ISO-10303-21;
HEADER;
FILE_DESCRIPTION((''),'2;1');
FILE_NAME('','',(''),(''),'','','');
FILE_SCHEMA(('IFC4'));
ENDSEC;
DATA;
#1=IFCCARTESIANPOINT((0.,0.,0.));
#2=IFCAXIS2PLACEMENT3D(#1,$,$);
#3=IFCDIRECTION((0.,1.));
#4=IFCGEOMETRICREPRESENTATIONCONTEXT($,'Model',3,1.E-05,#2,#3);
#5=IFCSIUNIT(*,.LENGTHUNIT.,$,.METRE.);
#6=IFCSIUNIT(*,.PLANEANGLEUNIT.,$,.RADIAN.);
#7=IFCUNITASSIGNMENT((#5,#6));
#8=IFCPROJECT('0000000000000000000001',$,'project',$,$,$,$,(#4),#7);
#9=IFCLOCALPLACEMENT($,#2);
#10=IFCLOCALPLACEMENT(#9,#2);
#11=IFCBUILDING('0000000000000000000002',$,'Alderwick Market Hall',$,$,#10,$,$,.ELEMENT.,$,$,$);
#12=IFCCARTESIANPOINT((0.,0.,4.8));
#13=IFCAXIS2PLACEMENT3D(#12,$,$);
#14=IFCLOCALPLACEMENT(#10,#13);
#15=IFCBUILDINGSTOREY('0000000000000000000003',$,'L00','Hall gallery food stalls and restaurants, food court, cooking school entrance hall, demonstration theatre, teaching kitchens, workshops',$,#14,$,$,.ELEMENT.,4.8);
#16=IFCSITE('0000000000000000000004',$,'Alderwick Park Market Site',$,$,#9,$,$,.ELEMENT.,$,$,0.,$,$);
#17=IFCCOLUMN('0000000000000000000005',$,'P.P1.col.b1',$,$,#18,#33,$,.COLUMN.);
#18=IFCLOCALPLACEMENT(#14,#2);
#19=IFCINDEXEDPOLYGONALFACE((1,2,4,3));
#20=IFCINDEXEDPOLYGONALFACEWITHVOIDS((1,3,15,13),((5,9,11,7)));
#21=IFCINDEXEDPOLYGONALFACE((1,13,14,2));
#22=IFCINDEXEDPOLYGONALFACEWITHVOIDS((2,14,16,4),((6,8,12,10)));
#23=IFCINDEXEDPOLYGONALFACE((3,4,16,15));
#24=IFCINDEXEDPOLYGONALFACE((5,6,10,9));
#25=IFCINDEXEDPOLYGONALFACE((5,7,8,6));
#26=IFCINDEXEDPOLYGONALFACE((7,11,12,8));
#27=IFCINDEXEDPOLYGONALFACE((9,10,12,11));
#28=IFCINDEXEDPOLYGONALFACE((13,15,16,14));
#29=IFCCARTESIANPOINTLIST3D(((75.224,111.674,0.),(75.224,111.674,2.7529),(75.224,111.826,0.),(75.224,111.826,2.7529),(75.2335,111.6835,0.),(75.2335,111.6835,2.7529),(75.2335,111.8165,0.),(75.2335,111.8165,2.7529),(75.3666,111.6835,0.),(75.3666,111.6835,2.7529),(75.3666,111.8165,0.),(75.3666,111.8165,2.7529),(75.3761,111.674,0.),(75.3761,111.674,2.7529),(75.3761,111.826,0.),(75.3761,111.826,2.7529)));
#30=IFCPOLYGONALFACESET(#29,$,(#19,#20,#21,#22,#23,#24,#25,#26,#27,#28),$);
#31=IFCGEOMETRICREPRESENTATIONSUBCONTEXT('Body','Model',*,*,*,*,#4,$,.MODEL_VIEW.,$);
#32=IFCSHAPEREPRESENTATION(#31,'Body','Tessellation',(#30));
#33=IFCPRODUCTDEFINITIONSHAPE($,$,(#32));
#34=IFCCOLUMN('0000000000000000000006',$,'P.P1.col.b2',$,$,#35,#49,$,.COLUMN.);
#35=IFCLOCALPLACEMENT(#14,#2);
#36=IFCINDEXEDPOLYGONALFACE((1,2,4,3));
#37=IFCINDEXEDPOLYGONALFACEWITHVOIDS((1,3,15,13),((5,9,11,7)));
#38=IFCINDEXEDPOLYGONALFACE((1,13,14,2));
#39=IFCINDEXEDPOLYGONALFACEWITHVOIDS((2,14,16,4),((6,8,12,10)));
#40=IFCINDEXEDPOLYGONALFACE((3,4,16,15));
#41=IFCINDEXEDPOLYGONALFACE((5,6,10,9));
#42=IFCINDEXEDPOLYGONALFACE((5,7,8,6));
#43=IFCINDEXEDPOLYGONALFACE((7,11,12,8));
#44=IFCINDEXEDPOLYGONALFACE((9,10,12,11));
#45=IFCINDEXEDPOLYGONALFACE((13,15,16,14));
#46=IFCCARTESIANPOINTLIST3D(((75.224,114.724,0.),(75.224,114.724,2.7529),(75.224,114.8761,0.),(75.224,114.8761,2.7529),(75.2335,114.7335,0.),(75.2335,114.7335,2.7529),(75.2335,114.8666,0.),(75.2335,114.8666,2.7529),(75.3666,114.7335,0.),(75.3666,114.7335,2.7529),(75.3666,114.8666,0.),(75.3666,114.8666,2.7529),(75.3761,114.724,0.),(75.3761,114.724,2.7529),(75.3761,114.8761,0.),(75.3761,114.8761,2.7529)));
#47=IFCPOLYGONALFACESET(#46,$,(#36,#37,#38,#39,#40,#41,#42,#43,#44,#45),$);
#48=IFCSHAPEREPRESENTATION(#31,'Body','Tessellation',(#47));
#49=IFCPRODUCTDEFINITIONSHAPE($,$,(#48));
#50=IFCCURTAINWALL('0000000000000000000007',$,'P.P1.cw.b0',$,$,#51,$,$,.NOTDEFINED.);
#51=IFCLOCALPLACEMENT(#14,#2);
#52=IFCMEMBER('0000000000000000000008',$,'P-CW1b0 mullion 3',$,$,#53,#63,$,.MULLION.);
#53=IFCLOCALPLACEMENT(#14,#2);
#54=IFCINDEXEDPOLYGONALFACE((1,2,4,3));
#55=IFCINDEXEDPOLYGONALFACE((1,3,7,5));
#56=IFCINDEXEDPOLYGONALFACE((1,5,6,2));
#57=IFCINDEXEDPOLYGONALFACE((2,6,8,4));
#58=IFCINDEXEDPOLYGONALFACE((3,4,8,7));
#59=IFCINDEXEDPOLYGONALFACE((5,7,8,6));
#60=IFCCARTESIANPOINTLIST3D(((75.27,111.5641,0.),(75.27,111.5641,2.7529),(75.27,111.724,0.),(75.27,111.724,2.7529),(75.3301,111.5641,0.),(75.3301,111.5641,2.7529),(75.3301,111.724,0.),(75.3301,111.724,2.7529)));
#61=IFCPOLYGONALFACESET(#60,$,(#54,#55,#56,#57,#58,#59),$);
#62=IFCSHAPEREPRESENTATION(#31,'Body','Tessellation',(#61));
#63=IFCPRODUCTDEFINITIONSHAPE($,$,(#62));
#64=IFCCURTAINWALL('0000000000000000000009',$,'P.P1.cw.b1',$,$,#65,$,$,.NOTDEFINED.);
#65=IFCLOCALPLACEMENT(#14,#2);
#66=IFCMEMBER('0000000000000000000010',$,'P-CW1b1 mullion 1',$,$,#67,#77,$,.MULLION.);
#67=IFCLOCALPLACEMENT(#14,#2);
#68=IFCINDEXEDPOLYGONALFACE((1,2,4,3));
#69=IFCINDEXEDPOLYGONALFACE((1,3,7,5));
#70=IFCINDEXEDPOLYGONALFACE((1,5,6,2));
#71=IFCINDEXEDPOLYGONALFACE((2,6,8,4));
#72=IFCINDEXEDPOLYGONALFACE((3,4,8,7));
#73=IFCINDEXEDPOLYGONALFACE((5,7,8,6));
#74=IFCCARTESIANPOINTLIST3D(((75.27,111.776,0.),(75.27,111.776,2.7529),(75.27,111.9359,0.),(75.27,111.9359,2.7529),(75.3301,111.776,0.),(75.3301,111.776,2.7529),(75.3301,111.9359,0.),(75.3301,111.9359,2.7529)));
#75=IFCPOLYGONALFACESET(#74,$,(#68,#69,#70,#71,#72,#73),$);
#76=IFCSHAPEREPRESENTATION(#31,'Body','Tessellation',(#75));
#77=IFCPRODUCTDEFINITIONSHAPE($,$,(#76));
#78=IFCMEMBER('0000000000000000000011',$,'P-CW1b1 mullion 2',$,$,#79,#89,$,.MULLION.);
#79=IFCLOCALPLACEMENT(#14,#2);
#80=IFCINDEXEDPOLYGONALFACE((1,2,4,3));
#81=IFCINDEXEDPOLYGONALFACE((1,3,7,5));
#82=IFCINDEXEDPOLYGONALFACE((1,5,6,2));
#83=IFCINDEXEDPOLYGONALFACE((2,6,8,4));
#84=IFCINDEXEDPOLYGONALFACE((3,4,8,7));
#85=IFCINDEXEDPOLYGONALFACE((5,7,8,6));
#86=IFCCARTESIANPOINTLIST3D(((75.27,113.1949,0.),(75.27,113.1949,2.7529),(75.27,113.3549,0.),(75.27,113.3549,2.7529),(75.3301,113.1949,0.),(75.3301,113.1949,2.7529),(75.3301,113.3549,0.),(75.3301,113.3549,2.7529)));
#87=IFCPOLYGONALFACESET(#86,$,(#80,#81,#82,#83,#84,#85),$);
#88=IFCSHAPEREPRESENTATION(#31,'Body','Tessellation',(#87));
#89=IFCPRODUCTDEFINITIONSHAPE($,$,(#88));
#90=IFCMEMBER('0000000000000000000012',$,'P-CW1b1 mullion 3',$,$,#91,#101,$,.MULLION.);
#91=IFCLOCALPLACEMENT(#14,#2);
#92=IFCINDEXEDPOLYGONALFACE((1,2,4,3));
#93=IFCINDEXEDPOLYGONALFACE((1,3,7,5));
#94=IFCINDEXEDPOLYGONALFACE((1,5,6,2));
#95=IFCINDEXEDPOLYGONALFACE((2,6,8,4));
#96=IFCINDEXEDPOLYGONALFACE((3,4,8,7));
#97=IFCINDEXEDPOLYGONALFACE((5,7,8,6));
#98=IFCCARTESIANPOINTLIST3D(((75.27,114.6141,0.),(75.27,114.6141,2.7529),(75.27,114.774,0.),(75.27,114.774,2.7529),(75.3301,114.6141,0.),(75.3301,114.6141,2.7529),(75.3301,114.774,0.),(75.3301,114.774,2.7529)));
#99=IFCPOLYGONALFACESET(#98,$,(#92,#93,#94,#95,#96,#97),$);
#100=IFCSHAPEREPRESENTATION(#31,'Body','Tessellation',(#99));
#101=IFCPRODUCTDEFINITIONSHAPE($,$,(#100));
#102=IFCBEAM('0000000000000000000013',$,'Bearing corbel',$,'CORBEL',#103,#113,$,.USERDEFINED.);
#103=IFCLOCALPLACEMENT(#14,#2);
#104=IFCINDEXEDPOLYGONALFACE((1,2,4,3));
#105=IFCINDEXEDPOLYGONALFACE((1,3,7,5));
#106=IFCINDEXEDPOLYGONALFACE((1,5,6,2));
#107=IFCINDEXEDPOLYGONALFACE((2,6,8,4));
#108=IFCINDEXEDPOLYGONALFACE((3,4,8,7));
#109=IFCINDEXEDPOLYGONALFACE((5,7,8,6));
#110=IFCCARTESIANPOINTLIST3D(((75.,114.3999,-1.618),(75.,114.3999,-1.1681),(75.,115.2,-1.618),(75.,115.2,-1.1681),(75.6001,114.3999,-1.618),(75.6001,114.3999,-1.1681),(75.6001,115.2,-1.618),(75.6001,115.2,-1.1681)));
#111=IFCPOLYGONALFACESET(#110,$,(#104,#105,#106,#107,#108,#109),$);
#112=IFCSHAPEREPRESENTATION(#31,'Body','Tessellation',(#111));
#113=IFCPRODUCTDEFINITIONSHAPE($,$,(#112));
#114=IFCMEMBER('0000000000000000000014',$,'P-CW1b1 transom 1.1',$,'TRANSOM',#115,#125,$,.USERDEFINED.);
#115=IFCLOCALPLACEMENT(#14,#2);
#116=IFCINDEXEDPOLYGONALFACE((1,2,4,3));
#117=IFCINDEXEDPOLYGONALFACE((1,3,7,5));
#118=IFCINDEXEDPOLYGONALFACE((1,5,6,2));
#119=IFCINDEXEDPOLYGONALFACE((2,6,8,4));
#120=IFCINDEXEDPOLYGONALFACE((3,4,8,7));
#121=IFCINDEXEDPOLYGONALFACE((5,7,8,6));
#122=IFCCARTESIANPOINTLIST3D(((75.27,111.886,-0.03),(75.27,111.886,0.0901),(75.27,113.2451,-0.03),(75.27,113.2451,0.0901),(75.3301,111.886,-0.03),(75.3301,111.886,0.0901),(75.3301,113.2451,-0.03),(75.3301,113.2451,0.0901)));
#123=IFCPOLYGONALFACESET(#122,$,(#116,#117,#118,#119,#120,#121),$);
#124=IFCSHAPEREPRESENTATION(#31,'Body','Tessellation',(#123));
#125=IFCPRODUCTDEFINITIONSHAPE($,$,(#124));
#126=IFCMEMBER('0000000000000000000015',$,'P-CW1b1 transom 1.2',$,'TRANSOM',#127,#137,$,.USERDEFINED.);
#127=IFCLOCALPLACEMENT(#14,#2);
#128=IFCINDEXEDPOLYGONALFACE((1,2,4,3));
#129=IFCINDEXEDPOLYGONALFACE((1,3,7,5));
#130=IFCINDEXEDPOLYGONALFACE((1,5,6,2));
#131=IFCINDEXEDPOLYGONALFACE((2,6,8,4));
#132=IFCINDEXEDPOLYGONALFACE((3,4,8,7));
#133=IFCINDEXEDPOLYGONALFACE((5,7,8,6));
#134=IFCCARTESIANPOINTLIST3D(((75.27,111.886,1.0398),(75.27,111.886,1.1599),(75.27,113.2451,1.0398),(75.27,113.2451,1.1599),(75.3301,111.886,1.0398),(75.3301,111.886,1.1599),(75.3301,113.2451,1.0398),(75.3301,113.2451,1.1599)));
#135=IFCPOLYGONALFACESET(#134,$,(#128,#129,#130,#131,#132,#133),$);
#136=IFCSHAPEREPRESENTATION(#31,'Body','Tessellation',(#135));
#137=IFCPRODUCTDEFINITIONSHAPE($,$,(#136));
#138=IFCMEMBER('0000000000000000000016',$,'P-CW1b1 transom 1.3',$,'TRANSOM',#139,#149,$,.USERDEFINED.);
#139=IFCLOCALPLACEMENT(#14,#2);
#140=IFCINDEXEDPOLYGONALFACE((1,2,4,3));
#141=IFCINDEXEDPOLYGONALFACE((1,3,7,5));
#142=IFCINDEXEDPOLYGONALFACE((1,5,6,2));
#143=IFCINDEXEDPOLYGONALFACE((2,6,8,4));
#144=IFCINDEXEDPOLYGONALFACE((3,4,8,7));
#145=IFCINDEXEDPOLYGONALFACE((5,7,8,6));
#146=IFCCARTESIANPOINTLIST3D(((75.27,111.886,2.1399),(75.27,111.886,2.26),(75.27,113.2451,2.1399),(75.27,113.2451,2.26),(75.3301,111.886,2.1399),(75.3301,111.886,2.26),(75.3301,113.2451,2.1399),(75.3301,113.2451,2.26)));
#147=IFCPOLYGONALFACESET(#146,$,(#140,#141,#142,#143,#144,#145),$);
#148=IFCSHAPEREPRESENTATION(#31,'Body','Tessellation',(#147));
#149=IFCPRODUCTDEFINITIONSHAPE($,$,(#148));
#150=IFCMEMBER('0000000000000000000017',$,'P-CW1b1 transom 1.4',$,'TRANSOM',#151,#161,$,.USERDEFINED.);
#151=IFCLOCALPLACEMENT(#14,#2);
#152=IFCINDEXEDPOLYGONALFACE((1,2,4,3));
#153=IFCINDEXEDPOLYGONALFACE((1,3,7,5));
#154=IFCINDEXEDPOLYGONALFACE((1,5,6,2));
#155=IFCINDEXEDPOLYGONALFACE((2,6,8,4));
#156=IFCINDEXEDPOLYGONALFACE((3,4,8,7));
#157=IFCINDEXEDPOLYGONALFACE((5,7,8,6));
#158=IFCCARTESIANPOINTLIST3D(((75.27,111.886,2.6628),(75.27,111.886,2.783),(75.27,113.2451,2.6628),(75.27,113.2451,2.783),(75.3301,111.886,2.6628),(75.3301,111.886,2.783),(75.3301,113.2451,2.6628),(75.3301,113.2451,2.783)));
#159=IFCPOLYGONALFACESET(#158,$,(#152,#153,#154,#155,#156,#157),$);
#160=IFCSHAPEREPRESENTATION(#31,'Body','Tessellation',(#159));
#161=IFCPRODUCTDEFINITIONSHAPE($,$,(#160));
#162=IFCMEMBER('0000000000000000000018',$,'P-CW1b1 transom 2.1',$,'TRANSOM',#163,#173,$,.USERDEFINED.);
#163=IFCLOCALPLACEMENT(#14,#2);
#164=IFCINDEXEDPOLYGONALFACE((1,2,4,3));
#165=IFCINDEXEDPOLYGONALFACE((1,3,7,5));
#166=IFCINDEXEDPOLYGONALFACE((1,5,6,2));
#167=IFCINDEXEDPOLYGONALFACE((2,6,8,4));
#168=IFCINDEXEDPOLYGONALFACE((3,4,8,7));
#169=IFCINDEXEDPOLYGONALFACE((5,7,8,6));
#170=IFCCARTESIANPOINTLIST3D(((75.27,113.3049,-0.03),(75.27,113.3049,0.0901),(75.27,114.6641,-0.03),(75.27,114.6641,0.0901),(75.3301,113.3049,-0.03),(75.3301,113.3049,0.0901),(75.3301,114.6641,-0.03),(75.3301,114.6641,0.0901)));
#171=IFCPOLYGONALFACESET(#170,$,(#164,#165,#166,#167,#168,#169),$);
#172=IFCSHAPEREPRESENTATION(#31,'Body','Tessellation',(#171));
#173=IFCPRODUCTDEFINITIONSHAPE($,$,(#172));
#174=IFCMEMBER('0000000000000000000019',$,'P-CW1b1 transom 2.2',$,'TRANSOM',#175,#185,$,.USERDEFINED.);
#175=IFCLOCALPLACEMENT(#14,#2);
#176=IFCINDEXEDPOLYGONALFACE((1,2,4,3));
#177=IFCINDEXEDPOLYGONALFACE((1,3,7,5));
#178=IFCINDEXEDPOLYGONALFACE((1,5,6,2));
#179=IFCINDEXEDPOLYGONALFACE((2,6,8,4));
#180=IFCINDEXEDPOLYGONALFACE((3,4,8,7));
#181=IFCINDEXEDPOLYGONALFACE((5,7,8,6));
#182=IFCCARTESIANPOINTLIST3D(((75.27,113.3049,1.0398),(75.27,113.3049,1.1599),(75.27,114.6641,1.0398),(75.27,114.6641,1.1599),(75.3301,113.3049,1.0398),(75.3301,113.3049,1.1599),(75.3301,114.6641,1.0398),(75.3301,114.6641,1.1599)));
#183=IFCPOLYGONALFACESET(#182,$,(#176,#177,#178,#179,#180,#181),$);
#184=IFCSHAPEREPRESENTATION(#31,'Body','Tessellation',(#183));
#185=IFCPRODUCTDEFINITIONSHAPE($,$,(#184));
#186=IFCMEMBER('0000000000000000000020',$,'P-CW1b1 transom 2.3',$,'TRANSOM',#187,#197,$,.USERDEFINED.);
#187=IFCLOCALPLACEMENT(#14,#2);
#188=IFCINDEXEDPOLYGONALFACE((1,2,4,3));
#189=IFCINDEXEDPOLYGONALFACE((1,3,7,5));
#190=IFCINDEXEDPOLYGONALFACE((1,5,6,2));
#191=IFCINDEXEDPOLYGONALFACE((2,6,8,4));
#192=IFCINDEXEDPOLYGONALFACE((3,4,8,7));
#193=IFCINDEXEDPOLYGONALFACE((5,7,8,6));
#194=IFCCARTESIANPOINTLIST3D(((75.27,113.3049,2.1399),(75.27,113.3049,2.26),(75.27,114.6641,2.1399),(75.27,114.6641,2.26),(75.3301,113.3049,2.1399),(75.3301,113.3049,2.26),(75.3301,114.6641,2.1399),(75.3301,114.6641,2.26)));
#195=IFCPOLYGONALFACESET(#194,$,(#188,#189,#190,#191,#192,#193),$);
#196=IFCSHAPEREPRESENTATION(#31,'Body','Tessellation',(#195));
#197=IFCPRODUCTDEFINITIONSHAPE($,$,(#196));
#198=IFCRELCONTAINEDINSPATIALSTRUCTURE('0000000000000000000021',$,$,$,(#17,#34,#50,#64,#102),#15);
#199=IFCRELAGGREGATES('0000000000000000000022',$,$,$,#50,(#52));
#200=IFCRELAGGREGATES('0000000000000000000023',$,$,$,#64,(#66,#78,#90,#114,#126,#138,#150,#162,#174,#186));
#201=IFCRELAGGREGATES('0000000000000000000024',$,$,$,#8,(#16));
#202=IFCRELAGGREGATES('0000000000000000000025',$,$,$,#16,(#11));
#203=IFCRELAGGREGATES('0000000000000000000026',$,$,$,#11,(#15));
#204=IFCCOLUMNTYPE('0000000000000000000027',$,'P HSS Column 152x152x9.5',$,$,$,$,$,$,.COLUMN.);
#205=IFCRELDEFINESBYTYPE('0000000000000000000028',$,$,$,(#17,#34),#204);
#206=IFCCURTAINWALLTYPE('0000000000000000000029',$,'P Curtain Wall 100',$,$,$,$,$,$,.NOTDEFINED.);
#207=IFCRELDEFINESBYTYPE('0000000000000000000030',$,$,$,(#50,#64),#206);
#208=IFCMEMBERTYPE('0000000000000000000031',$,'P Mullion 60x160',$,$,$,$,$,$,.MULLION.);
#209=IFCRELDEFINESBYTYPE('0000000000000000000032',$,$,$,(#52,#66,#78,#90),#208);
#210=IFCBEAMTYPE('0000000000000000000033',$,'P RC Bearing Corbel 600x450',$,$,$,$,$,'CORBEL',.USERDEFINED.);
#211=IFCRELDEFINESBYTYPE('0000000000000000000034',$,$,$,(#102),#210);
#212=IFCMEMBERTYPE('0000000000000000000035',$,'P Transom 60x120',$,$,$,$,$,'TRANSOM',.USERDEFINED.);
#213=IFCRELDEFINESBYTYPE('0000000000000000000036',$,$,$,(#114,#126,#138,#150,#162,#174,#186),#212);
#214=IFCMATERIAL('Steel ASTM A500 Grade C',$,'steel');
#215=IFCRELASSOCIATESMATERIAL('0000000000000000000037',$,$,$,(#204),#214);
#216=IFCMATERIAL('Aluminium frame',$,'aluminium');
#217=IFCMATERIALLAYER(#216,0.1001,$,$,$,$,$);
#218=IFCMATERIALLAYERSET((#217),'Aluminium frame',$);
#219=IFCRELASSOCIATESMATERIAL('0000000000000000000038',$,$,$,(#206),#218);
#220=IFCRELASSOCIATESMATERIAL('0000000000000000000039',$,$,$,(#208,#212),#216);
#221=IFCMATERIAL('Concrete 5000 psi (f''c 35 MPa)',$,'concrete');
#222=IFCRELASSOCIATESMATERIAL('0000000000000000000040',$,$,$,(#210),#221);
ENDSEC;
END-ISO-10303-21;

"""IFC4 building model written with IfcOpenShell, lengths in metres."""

from ifc_helpers import new_model, si_unit, direction, frame, origin, origin_2d, place, context, subcontext, project, spatial, rectangle, hollow_rectangle, extrude, material, layer, layer_set, material_profile, profile_set, type_object, element, aggregate, save


model = new_model("IFC4")

# Units and contexts
model_context = context("Model", 3, precision=1e-05, world=origin(), true_north=direction((0.0, 1.0)))
body_context = subcontext(model_context, "Body", "Model", "MODEL_VIEW")
ifc_project = project(units=[si_unit("LENGTHUNIT", "METRE"), si_unit("PLANEANGLEUNIT", "RADIAN")], contexts=[model_context])

# Site, building, storey
site_placement = place(None, origin())
site = spatial("IfcSite", under=ifc_project, at=site_placement, Name="Alderwick Park Market Site", CompositionType="ELEMENT", RefElevation=0.0)
building_placement = place(site_placement, origin())
building = spatial("IfcBuilding", under=site, at=building_placement, Name="Alderwick Market Hall", CompositionType="ELEMENT")
storey_placement = place(building_placement, frame((0.0, 0.0, 4.8)))
storey = spatial("IfcBuildingStorey", under=building, at=storey_placement, Name="L00", Description="Hall gallery food stalls and restaurants, food court, cooking school entrance hall, demonstration theatre, teaching kitchens, workshops", CompositionType="ELEMENT", Elevation=4.8)

# Columns
ifc_material_1 = material(Name="Steel ASTM A500 Grade C", Category="steel")
ifc_material_profile_1 = material_profile(ifc_material_1, hollow_rectangle(XDim=0.1521, YDim=0.1521, WallThickness=0.0095, at=origin_2d()), Name="HSS152x152x9.5")
ifc_profile_set_1 = profile_set([ifc_material_profile_1], Name="Steel ASTM A500 Grade C")
column_type = type_object("IfcColumnType", Name="P HSS Column 152x152x9.5", PredefinedType="COLUMN", material=ifc_profile_set_1)
for number, where, z_axis, x_axis, name in (
    (1, (75.3, 111.75, 0.0), (0.0, 0.0, 1.0), (1.0, 0.0, 0.0), "P.P1.col.b1"),
    (2, (75.3, 114.8, 0.0), (0.0, 0.0, 1.0), (1.0, 0.0, 0.0), "P.P1.col.b2"),
):
    element("IfcColumn", number, at=place(storey_placement, frame(where, z_axis=z_axis, x_axis=x_axis)), inside=storey, type_object=column_type, Name=name, PredefinedType="COLUMN", context=body_context, shape_type="SweptSolid", body=[
        extrude(hollow_rectangle(XDim=0.1521, YDim=0.1521, WallThickness=0.0095, at=origin_2d()), origin(), (0.0, 0.0, 1.0), 2.7529),
    ])

# Curtain wall, member
ifc_material_2 = material(Name="Aluminium frame", Category="aluminium")
ifc_layer_1 = layer(ifc_material_2, 0.1001)
ifc_layer_set_1 = layer_set([ifc_layer_1], Name="Aluminium frame")
curtain_wall_type = type_object("IfcCurtainWallType", Name="P Curtain Wall 100", PredefinedType="NOTDEFINED", material=ifc_layer_set_1)
curtain_wall_1_placement = place(storey_placement, origin())
curtain_wall_1 = element("IfcCurtainWall", 3, at=curtain_wall_1_placement, inside=storey, type_object=curtain_wall_type, Name="P.P1.cw.b0", PredefinedType="NOTDEFINED")
ifc_material_profile_2 = material_profile(ifc_material_2, rectangle(XDim=0.0601, YDim=0.1599, at=origin_2d()), Name="P Mullion 60x160")
ifc_profile_set_2 = profile_set([ifc_material_profile_2], Name="Aluminium frame")
member_type_1 = type_object("IfcMemberType", Name="P Mullion 60x160", PredefinedType="MULLION", material=ifc_profile_set_2)
member_1_placement = place(storey_placement, frame((75.3, 111.644, 0.0), z_axis=(0.0, 0.0, 1.0), x_axis=(-1.0, 0.0, 0.0)))
member_1 = element("IfcMember", 4, at=member_1_placement, type_object=member_type_1, Name="P-CW1b0 mullion 3", PredefinedType="MULLION", context=body_context, shape_type="SweptSolid", body=[
    extrude(rectangle(XDim=0.0601, YDim=0.1599, at=origin_2d()), origin(), (0.0, 0.0, 1.0), 2.7529),
])

# Curtain wall, members
curtain_wall_2_placement = place(storey_placement, origin())
curtain_wall_2 = element("IfcCurtainWall", 5, at=curtain_wall_2_placement, inside=storey, type_object=curtain_wall_type, Name="P.P1.cw.b1", PredefinedType="NOTDEFINED")
member_2_placement = place(storey_placement, frame((75.3, 111.856, 0.0), z_axis=(0.0, 0.0, 1.0), x_axis=(-1.0, 0.0, 0.0)))
member_2 = element("IfcMember", 6, at=member_2_placement, type_object=member_type_1, Name="P-CW1b1 mullion 1", PredefinedType="MULLION", context=body_context, shape_type="SweptSolid", body=[
    extrude(rectangle(XDim=0.0601, YDim=0.1599, at=origin_2d()), origin(), (0.0, 0.0, 1.0), 2.7529),
])
member_3_placement = place(storey_placement, frame((75.3, 113.2749, 0.0), z_axis=(0.0, 0.0, 1.0), x_axis=(-1.0, 0.0, 0.0)))
member_3 = element("IfcMember", 7, at=member_3_placement, type_object=member_type_1, Name="P-CW1b1 mullion 2", PredefinedType="MULLION", context=body_context, shape_type="SweptSolid", body=[
    extrude(rectangle(XDim=0.0601, YDim=0.1599, at=origin_2d()), origin(), (0.0, 0.0, 1.0), 2.7529),
])
member_4_placement = place(storey_placement, frame((75.3, 114.6941, 0.0), z_axis=(0.0, 0.0, 1.0), x_axis=(-1.0, 0.0, 0.0)))
member_4 = element("IfcMember", 8, at=member_4_placement, type_object=member_type_1, Name="P-CW1b1 mullion 3", PredefinedType="MULLION", context=body_context, shape_type="SweptSolid", body=[
    extrude(rectangle(XDim=0.0601, YDim=0.1599, at=origin_2d()), origin(), (0.0, 0.0, 1.0), 2.7529),
])

# Beam
ifc_material_3 = material(Name="Concrete 5000 psi (f'c 35 MPa)", Category="concrete")
ifc_material_profile_3 = material_profile(ifc_material_3, rectangle(XDim=0.6001, YDim=0.45, at=origin_2d()), Name="P RC Bearing Corbel 600x450")
ifc_profile_set_3 = profile_set([ifc_material_profile_3], Name="Concrete 5000 psi (f'c 35 MPa)")
beam_type = type_object("IfcBeamType", Name="P RC Bearing Corbel 600x450", ElementType="CORBEL", PredefinedType="USERDEFINED", material=ifc_profile_set_3)
beam_placement = place(storey_placement, frame((75.3, 114.3999, -1.3931), z_axis=(0.0, 1.0, 0.0), x_axis=(-1.0, 0.0, 0.0)))
element("IfcBeam", 9, at=beam_placement, inside=storey, type_object=beam_type, Name="Bearing corbel", ObjectType="CORBEL", PredefinedType="USERDEFINED", context=body_context, shape_type="SweptSolid", body=[
    extrude(rectangle(XDim=0.6001, YDim=0.45, at=origin_2d()), origin(), (0.0, 0.0, 1.0), 0.8),
])

# Members
ifc_material_profile_4 = material_profile(ifc_material_2, rectangle(XDim=0.0601, YDim=0.1201, at=origin_2d()), Name="P Transom 60x120")
ifc_profile_set_4 = profile_set([ifc_material_profile_4], Name="Aluminium frame")
member_type_2 = type_object("IfcMemberType", Name="P Transom 60x120", ElementType="TRANSOM", PredefinedType="USERDEFINED", material=ifc_profile_set_4)
member_5_placement = place(storey_placement, frame((75.3, 111.886, 0.03), z_axis=(0.0, 1.0, 0.0), x_axis=(-1.0, 0.0, 0.0)))
member_5 = element("IfcMember", 10, at=member_5_placement, type_object=member_type_2, Name="P-CW1b1 transom 1.1", ObjectType="TRANSOM", PredefinedType="USERDEFINED", context=body_context, shape_type="SweptSolid", body=[
    extrude(rectangle(XDim=0.0601, YDim=0.1201, at=origin_2d()), origin(), (0.0, 0.0, 1.0), 1.3591),
])
member_6_placement = place(storey_placement, frame((75.3, 111.886, 1.0999), z_axis=(0.0, 1.0, 0.0), x_axis=(-1.0, 0.0, 0.0)))
member_6 = element("IfcMember", 11, at=member_6_placement, type_object=member_type_2, Name="P-CW1b1 transom 1.2", ObjectType="TRANSOM", PredefinedType="USERDEFINED", context=body_context, shape_type="SweptSolid", body=[
    extrude(rectangle(XDim=0.0601, YDim=0.1201, at=origin_2d()), origin(), (0.0, 0.0, 1.0), 1.3591),
])
member_7_placement = place(storey_placement, frame((75.3, 111.886, 2.2), z_axis=(0.0, 1.0, 0.0), x_axis=(-1.0, 0.0, 0.0)))
member_7 = element("IfcMember", 12, at=member_7_placement, type_object=member_type_2, Name="P-CW1b1 transom 1.3", ObjectType="TRANSOM", PredefinedType="USERDEFINED", context=body_context, shape_type="SweptSolid", body=[
    extrude(rectangle(XDim=0.0601, YDim=0.1201, at=origin_2d()), origin(), (0.0, 0.0, 1.0), 1.3591),
])
member_8_placement = place(storey_placement, frame((75.3, 111.886, 2.7229), z_axis=(0.0, 1.0, 0.0), x_axis=(-1.0, 0.0, 0.0)))
member_8 = element("IfcMember", 13, at=member_8_placement, type_object=member_type_2, Name="P-CW1b1 transom 1.4", ObjectType="TRANSOM", PredefinedType="USERDEFINED", context=body_context, shape_type="SweptSolid", body=[
    extrude(rectangle(XDim=0.0601, YDim=0.1201, at=origin_2d()), origin(), (0.0, 0.0, 1.0), 1.3591),
])
member_9_placement = place(storey_placement, frame((75.3, 113.3049, 0.03), z_axis=(0.0, 1.0, 0.0), x_axis=(-1.0, 0.0, 0.0)))
member_9 = element("IfcMember", 14, at=member_9_placement, type_object=member_type_2, Name="P-CW1b1 transom 2.1", ObjectType="TRANSOM", PredefinedType="USERDEFINED", context=body_context, shape_type="SweptSolid", body=[
    extrude(rectangle(XDim=0.0601, YDim=0.1201, at=origin_2d()), origin(), (0.0, 0.0, 1.0), 1.3591),
])
member_10_placement = place(storey_placement, frame((75.3, 113.3049, 1.0999), z_axis=(0.0, 1.0, 0.0), x_axis=(-1.0, 0.0, 0.0)))
member_10 = element("IfcMember", 15, at=member_10_placement, type_object=member_type_2, Name="P-CW1b1 transom 2.2", ObjectType="TRANSOM", PredefinedType="USERDEFINED", context=body_context, shape_type="SweptSolid", body=[
    extrude(rectangle(XDim=0.0601, YDim=0.1201, at=origin_2d()), origin(), (0.0, 0.0, 1.0), 1.3591),
])
member_11_placement = place(storey_placement, frame((75.3, 113.3049, 2.2), z_axis=(0.0, 1.0, 0.0), x_axis=(-1.0, 0.0, 0.0)))
member_11 = element("IfcMember", 16, at=member_11_placement, type_object=member_type_2, Name="P-CW1b1 transom 2.3", ObjectType="TRANSOM", PredefinedType="USERDEFINED", context=body_context, shape_type="SweptSolid", body=[
    extrude(rectangle(XDim=0.0601, YDim=0.1201, at=origin_2d()), origin(), (0.0, 0.0, 1.0), 1.3591),
])

aggregate(curtain_wall_1, [member_1])
aggregate(curtain_wall_2, [member_2, member_3, member_4, member_5, member_6, member_7, member_8, member_9, member_10, member_11])

save(model, "model.ifc")
